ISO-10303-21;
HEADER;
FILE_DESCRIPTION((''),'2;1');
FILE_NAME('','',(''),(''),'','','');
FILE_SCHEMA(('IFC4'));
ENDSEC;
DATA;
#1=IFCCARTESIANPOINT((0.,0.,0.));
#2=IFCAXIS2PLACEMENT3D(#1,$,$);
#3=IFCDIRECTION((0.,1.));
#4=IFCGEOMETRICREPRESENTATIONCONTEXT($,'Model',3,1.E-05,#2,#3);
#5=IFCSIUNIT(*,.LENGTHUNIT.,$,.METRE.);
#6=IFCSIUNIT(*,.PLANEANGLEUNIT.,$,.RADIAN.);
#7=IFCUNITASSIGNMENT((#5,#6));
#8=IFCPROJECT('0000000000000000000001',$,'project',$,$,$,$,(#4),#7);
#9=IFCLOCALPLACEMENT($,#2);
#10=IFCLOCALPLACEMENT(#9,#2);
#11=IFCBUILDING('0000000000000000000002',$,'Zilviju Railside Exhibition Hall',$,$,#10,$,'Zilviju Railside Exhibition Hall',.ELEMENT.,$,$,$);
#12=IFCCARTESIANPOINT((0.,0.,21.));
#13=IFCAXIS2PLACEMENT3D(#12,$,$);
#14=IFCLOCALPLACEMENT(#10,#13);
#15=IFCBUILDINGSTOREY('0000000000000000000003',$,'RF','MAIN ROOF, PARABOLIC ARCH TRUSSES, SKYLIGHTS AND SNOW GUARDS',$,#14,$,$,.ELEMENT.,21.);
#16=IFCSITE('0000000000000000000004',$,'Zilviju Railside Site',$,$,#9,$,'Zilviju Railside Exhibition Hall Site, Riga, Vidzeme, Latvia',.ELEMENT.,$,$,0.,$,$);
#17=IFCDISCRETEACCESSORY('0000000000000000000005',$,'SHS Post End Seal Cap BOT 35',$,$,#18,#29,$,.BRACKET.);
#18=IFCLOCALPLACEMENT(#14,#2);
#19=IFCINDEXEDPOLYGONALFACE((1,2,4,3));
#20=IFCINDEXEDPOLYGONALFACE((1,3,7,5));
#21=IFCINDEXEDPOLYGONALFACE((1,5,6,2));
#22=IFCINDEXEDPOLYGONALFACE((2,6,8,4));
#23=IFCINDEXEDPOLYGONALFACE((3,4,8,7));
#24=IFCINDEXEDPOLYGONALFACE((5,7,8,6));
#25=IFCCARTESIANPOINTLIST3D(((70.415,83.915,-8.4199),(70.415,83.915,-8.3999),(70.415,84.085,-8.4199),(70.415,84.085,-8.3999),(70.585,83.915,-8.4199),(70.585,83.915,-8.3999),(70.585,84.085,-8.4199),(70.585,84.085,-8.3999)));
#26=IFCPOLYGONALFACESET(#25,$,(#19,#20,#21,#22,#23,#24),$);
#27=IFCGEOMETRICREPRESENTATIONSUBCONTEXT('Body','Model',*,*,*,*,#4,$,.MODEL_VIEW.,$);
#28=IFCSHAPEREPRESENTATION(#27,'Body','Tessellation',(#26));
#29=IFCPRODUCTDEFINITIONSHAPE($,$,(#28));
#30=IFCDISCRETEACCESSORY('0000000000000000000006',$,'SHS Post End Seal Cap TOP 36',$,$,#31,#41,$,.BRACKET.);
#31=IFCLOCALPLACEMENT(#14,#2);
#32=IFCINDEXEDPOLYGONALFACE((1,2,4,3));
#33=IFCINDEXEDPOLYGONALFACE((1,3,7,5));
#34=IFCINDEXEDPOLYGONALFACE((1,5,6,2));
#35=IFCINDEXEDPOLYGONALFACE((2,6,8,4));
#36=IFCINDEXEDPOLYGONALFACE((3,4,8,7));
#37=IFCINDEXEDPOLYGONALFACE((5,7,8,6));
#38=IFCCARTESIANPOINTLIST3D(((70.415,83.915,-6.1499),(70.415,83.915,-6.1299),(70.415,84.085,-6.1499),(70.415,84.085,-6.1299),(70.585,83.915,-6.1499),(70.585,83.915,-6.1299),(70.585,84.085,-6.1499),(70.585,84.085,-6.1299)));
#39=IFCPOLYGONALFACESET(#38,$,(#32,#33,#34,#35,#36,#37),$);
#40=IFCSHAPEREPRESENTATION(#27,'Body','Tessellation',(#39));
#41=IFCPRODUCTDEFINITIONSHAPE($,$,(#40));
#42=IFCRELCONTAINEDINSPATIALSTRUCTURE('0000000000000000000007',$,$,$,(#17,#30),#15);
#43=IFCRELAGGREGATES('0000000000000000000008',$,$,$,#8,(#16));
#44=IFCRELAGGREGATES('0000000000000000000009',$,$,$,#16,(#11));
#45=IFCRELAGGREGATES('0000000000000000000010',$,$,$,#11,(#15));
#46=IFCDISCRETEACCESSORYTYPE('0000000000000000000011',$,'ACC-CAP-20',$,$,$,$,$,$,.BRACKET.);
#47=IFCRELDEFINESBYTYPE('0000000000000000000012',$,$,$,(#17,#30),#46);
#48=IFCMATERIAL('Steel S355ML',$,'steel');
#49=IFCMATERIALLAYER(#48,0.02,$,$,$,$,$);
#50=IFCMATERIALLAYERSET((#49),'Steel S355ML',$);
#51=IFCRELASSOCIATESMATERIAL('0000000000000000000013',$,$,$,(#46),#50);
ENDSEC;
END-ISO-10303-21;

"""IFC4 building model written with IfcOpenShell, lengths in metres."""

from ifc_helpers import new_model, si_unit, direction, frame, origin, origin_2d, place, context, subcontext, project, spatial, rectangle, extrude, material, layer, layer_set, type_object, element, save


model = new_model("IFC4")

# Units and contexts
model_context = context("Model", 3, precision=1e-05, world=origin(), true_north=direction((0.0, 1.0)))
body_context = subcontext(model_context, "Body", "Model", "MODEL_VIEW")
ifc_project = project(units=[si_unit("LENGTHUNIT", "METRE"), si_unit("PLANEANGLEUNIT", "RADIAN")], contexts=[model_context])

# Site, building, storey
site_placement = place(None, origin())
site = spatial("IfcSite", under=ifc_project, at=site_placement, Name="Zilviju Railside Site", LongName="Zilviju Railside Exhibition Hall Site, Riga, Vidzeme, Latvia", CompositionType="ELEMENT", RefElevation=0.0)
building_placement = place(site_placement, origin())
building = spatial("IfcBuilding", under=site, at=building_placement, Name="Zilviju Railside Exhibition Hall", LongName="Zilviju Railside Exhibition Hall", CompositionType="ELEMENT")
storey_placement = place(building_placement, frame((0.0, 0.0, 21.0)))
storey = spatial("IfcBuildingStorey", under=building, at=storey_placement, Name="RF", Description="MAIN ROOF, PARABOLIC ARCH TRUSSES, SKYLIGHTS AND SNOW GUARDS", CompositionType="ELEMENT", Elevation=21.0)

# Shared definitions
ifc_material_1 = material(Name="Steel S355ML", Category="steel")

# Discrete accessories
ifc_layer_1 = layer(ifc_material_1, 0.02)
ifc_layer_set_1 = layer_set([ifc_layer_1], Name="Steel S355ML")
discrete_accessory_type = type_object("IfcDiscreteAccessoryType", Name="ACC-CAP-20", PredefinedType="BRACKET", material=ifc_layer_set_1)
for number, where, z_axis, x_axis, name in (
    (1, (70.5, 84.0, -8.4199), (0.0, 0.0, 1.0), (1.0, 0.0, 0.0), "SHS Post End Seal Cap BOT 35"),
    (2, (70.5, 84.0, -6.1499), (0.0, 0.0, 1.0), (1.0, 0.0, 0.0), "SHS Post End Seal Cap TOP 36"),
):
    element("IfcDiscreteAccessory", number, at=place(storey_placement, frame(where, z_axis=z_axis, x_axis=x_axis)), inside=storey, type_object=discrete_accessory_type, Name=name, PredefinedType="BRACKET", context=body_context, shape_type="SweptSolid", body=[
        extrude(rectangle(XDim=0.1699, YDim=0.1699, at=origin_2d()), origin(), (0.0, 0.0, 1.0), 0.02),
    ])

save(model, "model.ifc")
